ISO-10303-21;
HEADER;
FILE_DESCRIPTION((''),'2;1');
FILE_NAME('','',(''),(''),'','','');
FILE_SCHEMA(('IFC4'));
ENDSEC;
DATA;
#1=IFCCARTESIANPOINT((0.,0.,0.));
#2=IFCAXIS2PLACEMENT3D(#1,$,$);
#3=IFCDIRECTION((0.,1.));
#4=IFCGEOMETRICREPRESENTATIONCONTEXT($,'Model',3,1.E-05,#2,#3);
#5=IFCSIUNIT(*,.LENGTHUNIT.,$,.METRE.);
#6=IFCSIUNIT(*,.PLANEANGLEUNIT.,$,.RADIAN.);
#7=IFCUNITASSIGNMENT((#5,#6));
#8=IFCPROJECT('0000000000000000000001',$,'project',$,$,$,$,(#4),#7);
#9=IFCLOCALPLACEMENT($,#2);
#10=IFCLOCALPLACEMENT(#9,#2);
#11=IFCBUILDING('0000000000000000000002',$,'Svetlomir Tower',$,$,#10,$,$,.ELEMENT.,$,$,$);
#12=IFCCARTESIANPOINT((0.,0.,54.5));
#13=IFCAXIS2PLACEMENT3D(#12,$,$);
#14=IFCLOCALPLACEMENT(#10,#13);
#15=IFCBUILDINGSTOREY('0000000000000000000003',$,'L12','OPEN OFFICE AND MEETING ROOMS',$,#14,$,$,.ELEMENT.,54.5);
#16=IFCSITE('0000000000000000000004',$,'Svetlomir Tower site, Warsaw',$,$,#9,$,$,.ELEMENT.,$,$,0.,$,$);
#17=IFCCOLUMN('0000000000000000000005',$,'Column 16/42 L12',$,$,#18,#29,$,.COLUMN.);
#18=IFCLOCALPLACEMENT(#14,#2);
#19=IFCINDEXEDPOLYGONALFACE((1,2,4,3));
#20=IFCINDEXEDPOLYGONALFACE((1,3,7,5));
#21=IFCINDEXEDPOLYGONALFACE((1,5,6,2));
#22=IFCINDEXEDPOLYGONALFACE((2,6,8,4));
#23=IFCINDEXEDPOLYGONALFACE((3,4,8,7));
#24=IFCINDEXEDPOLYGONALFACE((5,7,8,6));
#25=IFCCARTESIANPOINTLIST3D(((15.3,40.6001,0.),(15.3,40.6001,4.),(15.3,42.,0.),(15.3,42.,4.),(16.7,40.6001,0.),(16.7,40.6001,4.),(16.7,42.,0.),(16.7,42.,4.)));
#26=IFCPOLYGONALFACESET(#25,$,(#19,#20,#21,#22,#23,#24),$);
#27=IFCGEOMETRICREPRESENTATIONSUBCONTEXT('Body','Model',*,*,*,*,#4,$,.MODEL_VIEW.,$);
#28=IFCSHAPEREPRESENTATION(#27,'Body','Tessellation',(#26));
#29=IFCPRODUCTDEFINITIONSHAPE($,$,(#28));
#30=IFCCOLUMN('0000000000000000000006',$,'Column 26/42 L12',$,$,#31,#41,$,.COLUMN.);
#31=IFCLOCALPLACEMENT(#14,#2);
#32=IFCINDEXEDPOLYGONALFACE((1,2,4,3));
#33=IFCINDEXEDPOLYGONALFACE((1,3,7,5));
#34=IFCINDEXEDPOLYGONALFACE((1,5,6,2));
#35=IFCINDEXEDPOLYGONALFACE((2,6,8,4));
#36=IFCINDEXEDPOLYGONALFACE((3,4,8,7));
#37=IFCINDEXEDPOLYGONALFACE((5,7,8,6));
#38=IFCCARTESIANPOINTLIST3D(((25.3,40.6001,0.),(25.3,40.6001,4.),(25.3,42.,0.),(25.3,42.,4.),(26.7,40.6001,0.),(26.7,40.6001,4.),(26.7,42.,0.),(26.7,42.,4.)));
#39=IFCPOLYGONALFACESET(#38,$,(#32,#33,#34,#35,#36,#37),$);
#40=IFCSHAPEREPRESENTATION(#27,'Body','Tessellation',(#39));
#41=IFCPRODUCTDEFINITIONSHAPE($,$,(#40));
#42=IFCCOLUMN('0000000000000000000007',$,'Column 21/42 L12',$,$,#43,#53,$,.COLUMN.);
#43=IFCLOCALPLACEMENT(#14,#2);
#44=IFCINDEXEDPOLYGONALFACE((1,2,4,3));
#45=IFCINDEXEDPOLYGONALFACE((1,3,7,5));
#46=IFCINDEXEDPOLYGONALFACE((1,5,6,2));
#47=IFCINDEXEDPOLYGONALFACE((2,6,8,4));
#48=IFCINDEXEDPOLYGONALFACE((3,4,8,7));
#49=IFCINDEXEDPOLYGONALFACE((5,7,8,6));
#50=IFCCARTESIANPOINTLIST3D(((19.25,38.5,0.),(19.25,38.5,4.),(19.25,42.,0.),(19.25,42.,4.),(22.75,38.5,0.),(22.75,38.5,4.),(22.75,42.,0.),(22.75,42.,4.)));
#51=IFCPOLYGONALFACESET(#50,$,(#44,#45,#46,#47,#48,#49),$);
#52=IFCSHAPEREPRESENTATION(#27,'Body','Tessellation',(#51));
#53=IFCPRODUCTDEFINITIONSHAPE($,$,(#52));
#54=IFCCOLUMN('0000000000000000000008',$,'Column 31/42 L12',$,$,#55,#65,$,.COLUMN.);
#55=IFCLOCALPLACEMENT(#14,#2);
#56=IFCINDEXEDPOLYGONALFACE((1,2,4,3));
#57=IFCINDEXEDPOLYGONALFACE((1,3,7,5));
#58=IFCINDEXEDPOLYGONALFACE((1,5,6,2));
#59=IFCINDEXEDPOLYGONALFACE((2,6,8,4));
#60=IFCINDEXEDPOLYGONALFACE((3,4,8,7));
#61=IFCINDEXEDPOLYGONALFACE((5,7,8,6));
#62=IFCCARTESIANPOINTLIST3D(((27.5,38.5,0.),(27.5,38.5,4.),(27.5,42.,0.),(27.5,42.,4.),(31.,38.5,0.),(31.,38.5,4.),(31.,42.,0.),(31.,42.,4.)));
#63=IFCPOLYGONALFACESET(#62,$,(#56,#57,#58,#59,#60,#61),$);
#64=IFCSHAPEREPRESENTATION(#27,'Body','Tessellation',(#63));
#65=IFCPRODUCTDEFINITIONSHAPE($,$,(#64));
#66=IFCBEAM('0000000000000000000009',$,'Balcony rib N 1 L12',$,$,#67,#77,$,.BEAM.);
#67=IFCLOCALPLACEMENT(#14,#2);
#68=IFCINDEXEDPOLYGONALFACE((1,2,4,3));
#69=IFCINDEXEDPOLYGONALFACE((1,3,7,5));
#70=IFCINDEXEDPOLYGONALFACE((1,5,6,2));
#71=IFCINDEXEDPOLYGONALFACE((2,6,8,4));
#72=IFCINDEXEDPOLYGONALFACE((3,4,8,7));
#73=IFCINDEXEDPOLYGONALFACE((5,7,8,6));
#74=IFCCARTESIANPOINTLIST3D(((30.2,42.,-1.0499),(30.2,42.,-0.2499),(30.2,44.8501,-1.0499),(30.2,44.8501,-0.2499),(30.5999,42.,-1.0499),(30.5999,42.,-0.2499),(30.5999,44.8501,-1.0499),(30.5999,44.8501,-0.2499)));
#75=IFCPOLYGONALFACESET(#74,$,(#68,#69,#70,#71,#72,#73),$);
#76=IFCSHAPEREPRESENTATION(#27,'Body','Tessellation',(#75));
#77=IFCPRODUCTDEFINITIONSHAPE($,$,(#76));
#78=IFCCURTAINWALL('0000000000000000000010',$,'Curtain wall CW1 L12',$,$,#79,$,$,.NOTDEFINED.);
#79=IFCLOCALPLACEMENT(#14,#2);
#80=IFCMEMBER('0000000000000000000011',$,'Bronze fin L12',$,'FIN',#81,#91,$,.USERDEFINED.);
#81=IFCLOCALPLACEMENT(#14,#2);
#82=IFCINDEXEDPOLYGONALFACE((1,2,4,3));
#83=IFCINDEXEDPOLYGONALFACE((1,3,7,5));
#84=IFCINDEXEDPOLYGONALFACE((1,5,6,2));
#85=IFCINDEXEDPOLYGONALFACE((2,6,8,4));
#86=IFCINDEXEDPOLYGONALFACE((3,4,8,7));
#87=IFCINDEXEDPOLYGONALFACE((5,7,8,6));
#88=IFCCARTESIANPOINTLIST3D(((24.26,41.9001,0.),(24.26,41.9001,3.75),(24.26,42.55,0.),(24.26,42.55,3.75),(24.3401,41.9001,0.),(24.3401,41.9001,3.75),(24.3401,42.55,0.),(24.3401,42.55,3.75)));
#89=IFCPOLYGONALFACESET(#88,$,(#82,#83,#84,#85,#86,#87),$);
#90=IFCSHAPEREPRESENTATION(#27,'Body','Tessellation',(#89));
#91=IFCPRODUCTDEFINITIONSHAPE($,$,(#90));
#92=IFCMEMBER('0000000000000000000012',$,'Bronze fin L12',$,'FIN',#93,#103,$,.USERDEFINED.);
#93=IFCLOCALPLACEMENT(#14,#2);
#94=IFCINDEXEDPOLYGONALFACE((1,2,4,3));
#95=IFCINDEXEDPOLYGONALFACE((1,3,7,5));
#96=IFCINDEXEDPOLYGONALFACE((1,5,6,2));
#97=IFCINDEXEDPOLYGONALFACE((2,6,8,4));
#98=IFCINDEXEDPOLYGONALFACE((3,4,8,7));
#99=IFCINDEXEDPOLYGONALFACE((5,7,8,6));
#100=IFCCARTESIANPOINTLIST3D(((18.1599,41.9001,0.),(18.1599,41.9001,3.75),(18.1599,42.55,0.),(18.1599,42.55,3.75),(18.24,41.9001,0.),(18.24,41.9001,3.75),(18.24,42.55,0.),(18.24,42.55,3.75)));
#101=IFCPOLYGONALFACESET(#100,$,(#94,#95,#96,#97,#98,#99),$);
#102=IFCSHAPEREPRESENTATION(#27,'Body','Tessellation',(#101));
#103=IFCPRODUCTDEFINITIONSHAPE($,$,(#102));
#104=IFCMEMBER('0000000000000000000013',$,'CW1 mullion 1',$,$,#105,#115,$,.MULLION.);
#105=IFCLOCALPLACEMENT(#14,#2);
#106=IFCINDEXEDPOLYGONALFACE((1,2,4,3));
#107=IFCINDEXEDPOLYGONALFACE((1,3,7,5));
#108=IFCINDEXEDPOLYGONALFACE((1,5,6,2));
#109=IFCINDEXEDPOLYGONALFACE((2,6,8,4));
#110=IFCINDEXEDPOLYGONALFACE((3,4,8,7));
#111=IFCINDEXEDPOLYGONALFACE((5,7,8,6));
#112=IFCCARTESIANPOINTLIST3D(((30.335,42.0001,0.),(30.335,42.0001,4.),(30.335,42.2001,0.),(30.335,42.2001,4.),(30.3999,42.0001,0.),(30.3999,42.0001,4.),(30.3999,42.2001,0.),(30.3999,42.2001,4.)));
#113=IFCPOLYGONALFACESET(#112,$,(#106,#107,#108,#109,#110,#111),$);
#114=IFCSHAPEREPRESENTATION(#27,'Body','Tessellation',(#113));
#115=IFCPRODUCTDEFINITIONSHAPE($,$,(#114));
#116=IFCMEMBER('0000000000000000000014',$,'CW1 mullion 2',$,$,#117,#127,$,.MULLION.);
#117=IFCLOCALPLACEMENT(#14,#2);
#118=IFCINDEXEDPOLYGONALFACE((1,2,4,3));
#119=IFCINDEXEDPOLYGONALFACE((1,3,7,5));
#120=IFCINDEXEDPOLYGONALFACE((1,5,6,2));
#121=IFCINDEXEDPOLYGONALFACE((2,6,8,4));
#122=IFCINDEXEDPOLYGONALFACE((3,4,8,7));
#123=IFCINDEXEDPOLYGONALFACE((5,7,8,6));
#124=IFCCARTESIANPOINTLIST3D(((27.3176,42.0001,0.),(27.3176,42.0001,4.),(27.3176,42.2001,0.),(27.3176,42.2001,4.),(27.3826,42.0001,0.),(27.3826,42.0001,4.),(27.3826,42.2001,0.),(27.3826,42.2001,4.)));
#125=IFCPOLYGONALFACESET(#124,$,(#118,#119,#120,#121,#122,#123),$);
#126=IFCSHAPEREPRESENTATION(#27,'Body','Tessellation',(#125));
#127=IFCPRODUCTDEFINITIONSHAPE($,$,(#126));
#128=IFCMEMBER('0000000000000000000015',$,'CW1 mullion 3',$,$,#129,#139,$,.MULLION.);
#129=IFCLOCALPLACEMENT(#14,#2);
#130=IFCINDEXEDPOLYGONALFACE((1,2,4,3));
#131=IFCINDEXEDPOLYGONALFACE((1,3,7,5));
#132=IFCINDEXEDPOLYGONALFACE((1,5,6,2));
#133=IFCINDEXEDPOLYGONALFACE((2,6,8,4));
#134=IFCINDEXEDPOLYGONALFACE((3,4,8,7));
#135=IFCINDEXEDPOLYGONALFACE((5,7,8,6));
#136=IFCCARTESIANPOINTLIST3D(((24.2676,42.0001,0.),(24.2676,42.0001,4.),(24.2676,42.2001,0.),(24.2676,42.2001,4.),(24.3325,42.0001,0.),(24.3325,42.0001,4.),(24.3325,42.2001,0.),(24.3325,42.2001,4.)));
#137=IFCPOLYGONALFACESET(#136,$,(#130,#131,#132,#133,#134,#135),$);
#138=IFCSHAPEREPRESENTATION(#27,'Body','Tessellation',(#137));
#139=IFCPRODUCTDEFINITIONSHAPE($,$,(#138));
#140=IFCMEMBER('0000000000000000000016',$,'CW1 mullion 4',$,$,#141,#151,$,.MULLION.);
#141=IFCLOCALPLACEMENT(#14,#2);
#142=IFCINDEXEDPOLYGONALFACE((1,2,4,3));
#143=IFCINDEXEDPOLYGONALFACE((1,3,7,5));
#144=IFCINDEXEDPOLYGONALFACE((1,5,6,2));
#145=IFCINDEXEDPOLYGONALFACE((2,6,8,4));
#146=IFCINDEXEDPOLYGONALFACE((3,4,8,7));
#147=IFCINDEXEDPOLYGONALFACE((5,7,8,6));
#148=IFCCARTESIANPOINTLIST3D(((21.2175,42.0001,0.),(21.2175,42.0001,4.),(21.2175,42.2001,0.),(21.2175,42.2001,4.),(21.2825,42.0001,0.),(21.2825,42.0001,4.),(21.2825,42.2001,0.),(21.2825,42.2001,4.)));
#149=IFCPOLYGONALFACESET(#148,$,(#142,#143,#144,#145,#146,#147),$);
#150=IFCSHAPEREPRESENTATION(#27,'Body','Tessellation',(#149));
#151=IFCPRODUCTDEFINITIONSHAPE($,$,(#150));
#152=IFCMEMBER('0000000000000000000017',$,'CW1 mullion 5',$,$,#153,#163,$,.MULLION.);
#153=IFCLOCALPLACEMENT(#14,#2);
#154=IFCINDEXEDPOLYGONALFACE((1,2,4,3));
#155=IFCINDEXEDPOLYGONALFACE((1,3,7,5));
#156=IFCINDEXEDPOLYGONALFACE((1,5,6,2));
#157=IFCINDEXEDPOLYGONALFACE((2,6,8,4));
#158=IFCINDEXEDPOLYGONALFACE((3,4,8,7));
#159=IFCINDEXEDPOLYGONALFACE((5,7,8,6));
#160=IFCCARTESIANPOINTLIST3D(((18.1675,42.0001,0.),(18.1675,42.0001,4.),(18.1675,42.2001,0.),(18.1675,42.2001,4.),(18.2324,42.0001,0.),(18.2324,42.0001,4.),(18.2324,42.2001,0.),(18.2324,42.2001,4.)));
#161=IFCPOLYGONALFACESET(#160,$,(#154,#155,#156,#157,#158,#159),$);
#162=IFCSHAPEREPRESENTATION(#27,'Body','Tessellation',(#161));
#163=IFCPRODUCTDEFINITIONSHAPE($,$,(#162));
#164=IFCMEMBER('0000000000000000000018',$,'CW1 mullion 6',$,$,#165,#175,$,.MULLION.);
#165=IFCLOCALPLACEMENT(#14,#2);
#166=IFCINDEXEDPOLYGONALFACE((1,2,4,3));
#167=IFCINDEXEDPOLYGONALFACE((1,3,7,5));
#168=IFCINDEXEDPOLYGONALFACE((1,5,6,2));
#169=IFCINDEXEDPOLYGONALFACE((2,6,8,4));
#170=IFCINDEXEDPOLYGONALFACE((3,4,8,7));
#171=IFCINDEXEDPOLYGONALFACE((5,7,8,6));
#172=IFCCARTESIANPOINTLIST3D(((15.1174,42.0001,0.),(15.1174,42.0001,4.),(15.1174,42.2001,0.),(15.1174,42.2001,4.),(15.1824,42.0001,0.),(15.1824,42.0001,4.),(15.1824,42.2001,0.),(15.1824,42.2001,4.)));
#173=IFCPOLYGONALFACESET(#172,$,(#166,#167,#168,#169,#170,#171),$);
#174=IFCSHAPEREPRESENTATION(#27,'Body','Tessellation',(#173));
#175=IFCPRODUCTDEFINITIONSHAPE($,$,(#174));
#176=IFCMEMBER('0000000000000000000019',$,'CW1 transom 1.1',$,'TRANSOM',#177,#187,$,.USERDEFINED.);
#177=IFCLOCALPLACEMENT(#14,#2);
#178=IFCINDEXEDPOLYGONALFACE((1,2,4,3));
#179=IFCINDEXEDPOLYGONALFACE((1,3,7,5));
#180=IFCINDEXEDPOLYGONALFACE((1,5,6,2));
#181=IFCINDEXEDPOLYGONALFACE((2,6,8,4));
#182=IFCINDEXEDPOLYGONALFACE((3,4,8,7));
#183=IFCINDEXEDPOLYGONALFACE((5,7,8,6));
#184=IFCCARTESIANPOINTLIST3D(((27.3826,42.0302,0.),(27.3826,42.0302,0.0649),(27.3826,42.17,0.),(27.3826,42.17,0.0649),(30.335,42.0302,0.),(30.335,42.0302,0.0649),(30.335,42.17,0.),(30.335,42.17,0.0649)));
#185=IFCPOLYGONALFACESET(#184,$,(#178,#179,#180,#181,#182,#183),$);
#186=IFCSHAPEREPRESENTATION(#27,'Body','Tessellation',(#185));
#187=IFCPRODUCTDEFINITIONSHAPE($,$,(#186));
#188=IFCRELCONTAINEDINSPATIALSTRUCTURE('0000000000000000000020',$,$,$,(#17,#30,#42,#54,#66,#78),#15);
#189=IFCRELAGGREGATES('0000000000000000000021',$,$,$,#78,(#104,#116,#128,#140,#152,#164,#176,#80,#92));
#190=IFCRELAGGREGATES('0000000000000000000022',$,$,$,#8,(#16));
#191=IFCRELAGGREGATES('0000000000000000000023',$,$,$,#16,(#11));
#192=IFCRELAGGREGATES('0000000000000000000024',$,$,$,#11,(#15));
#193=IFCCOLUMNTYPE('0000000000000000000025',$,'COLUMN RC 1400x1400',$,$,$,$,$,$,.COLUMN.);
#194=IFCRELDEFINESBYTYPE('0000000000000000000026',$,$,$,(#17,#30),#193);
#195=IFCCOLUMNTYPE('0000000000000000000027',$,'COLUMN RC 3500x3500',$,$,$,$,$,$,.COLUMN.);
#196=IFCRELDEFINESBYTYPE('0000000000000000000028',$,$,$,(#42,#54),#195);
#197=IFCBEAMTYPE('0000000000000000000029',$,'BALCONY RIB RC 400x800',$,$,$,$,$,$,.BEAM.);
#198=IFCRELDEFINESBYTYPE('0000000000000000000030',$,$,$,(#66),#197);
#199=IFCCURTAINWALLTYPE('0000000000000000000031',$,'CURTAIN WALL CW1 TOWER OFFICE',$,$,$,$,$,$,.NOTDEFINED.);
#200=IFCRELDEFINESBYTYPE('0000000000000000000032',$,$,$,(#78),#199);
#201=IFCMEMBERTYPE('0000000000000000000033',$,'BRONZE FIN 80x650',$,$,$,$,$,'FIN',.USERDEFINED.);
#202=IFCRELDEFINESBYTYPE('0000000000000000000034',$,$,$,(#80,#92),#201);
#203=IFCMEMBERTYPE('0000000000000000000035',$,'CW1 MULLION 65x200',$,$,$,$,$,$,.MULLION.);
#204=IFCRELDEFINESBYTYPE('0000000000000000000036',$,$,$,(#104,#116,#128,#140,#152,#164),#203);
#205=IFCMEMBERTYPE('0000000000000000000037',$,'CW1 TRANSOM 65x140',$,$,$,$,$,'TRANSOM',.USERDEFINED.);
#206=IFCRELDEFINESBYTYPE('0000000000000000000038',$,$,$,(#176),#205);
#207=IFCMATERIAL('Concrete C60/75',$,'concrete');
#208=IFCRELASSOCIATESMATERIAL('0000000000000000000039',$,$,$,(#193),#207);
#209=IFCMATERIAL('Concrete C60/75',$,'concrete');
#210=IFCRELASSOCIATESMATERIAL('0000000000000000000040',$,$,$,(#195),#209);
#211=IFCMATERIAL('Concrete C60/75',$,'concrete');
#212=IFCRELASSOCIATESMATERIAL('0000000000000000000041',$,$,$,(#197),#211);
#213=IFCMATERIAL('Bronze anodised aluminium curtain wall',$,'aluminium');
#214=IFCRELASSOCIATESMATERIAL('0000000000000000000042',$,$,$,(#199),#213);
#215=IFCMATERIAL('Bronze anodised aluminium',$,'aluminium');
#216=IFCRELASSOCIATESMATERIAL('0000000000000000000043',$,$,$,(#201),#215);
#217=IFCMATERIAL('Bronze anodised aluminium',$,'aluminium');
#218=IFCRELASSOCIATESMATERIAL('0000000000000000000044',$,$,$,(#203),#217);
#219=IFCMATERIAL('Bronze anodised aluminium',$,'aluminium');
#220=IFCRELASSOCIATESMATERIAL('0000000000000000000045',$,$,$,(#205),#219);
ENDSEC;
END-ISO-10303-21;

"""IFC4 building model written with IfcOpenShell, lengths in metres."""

from ifc_helpers import new_model, si_unit, direction, frame, origin, origin_2d, place, context, subcontext, project, spatial, rectangle, extrude, material, material_profile, profile_set, type_object, element, aggregate, save


model = new_model("IFC4")

# Units and contexts
model_context = context("Model", 3, precision=1e-05, world=origin(), true_north=direction((0.0, 1.0)))
body_context = subcontext(model_context, "Body", "Model", "MODEL_VIEW")
ifc_project = project(units=[si_unit("LENGTHUNIT", "METRE"), si_unit("PLANEANGLEUNIT", "RADIAN")], contexts=[model_context])

# Site, building, storey
site_placement = place(None, origin())
site = spatial("IfcSite", under=ifc_project, at=site_placement, Name="Svetlomir Tower site, Warsaw", CompositionType="ELEMENT", RefElevation=0.0)
building_placement = place(site_placement, origin())
building = spatial("IfcBuilding", under=site, at=building_placement, Name="Svetlomir Tower", CompositionType="ELEMENT")
storey_placement = place(building_placement, frame((0.0, 0.0, 54.5)))
storey = spatial("IfcBuildingStorey", under=building, at=storey_placement, Name="L12", Description="OPEN OFFICE AND MEETING ROOMS", CompositionType="ELEMENT", Elevation=54.5)

# Columns
ifc_material_1 = material(Name="Concrete C60/75", Category="concrete")
ifc_material_profile_1 = material_profile(ifc_material_1, rectangle(XDim=1.3999, YDim=1.3999, at=origin_2d()), Name="RC 1400x1400")
ifc_profile_set_1 = profile_set([ifc_material_profile_1], Name="Concrete C60/75")
column_type_1 = type_object("IfcColumnType", Name="COLUMN RC 1400x1400", PredefinedType="COLUMN", material=ifc_profile_set_1)
for number, where, z_axis, x_axis, name in (
    (1, (16.0, 41.3, 0.0), (0.0, 0.0, 1.0), (1.0, 0.0, 0.0), "Column 16/42 L12"),
    (2, (26.0, 41.3, 0.0), (0.0, 0.0, 1.0), (1.0, 0.0, 0.0), "Column 26/42 L12"),
):
    element("IfcColumn", number, at=place(storey_placement, frame(where, z_axis=z_axis, x_axis=x_axis)), inside=storey, type_object=column_type_1, Name=name, PredefinedType="COLUMN", context=body_context, shape_type="SweptSolid", body=[
        extrude(rectangle(XDim=1.3999, YDim=1.3999, at=origin_2d()), origin(), (0.0, 0.0, 1.0), 4.0),
    ])
ifc_material_2 = material(Name="Concrete C60/75", Category="concrete")
ifc_material_profile_2 = material_profile(ifc_material_2, rectangle(XDim=3.5, YDim=3.5, at=origin_2d()), Name="RC 3500x3500")
ifc_profile_set_2 = profile_set([ifc_material_profile_2], Name="Concrete C60/75")
column_type_2 = type_object("IfcColumnType", Name="COLUMN RC 3500x3500", PredefinedType="COLUMN", material=ifc_profile_set_2)
for number, where, z_axis, x_axis, name in (
    (3, (21.0, 40.25, 0.0), (0.0, 0.0, 1.0), (1.0, 0.0, 0.0), "Column 21/42 L12"),
    (4, (29.25, 40.25, 0.0), (0.0, 0.0, 1.0), (1.0, 0.0, 0.0), "Column 31/42 L12"),
):
    element("IfcColumn", number, at=place(storey_placement, frame(where, z_axis=z_axis, x_axis=x_axis)), inside=storey, type_object=column_type_2, Name=name, PredefinedType="COLUMN", context=body_context, shape_type="SweptSolid", body=[
        extrude(rectangle(XDim=3.5, YDim=3.5, at=origin_2d()), origin(), (0.0, 0.0, 1.0), 4.0),
    ])

# Beam
ifc_material_3 = material(Name="Concrete C60/75", Category="concrete")
ifc_material_profile_3 = material_profile(ifc_material_3, rectangle(XDim=0.3999, YDim=0.8, at=origin_2d()), Name="RC 400x800")
ifc_profile_set_3 = profile_set([ifc_material_profile_3], Name="Concrete C60/75")
beam_type_1 = type_object("IfcBeamType", Name="BALCONY RIB RC 400x800", PredefinedType="BEAM", material=ifc_profile_set_3)
beam_1_placement = place(storey_placement, frame((30.3999, 42.0, -0.6499), z_axis=(0.0, 1.0, 0.0), x_axis=(-1.0, 0.0, 0.0)))
element("IfcBeam", 5, at=beam_1_placement, inside=storey, type_object=beam_type_1, Name="Balcony rib N 1 L12", PredefinedType="BEAM", context=body_context, shape_type="SweptSolid", body=[
    extrude(rectangle(XDim=0.3999, YDim=0.8, at=origin_2d()), origin(), (0.0, 0.0, 1.0), 2.8501),
])

# Curtain wall, members
ifc_material_4 = material(Name="Bronze anodised aluminium curtain wall", Category="aluminium")
curtain_wall_type = type_object("IfcCurtainWallType", Name="CURTAIN WALL CW1 TOWER OFFICE", PredefinedType="NOTDEFINED", material=ifc_material_4)
curtain_wall_placement = place(storey_placement, origin())
curtain_wall = element("IfcCurtainWall", 6, at=curtain_wall_placement, inside=storey, type_object=curtain_wall_type, Name="Curtain wall CW1 L12", PredefinedType="NOTDEFINED")
ifc_material_5 = material(Name="Bronze anodised aluminium", Category="aluminium")
ifc_material_profile_4 = material_profile(ifc_material_5, rectangle(XDim=0.0801, YDim=0.6499, at=origin_2d()), Name="FIN 80x650")
ifc_profile_set_4 = profile_set([ifc_material_profile_4], Name="Bronze anodised aluminium 6063-T6")
member_type_1 = type_object("IfcMemberType", Name="BRONZE FIN 80x650", ElementType="FIN", PredefinedType="USERDEFINED", material=ifc_profile_set_4)
member_1_placement = place(storey_placement, frame((24.3, 42.2251, 0.0), z_axis=(0.0, 0.0, 1.0), x_axis=(1.0, 0.0, 0.0)))
member_1 = element("IfcMember", 7, at=member_1_placement, type_object=member_type_1, Name="Bronze fin L12", ObjectType="FIN", PredefinedType="USERDEFINED", context=body_context, shape_type="SweptSolid", body=[
    extrude(rectangle(XDim=0.0801, YDim=0.6499, at=origin_2d()), origin(), (0.0, 0.0, 1.0), 3.75),
])
member_2_placement = place(storey_placement, frame((18.2, 42.2251, 0.0), z_axis=(0.0, 0.0, 1.0), x_axis=(1.0, 0.0, 0.0)))
member_2 = element("IfcMember", 8, at=member_2_placement, type_object=member_type_1, Name="Bronze fin L12", ObjectType="FIN", PredefinedType="USERDEFINED", context=body_context, shape_type="SweptSolid", body=[
    extrude(rectangle(XDim=0.0801, YDim=0.6499, at=origin_2d()), origin(), (0.0, 0.0, 1.0), 3.75),
])
ifc_material_6 = material(Name="Bronze anodised aluminium", Category="aluminium")
ifc_material_profile_5 = material_profile(ifc_material_6, rectangle(XDim=0.0649, YDim=0.2, at=origin_2d()), Name="AL 65x200")
ifc_profile_set_5 = profile_set([ifc_material_profile_5], Name="Bronze anodised aluminium 6063-T6")
member_type_2 = type_object("IfcMemberType", Name="CW1 MULLION 65x200", PredefinedType="MULLION", material=ifc_profile_set_5)
member_3_placement = place(storey_placement, frame((30.3674, 42.1001, 0.0), z_axis=(0.0, 0.0, 1.0), x_axis=(-1.0, 0.0, 0.0)))
member_3 = element("IfcMember", 9, at=member_3_placement, type_object=member_type_2, Name="CW1 mullion 1", PredefinedType="MULLION", context=body_context, shape_type="SweptSolid", body=[
    extrude(rectangle(XDim=0.0649, YDim=0.2, at=origin_2d()), origin(), (0.0, 0.0, 1.0), 4.0),
])
member_4_placement = place(storey_placement, frame((27.3501, 42.1001, 0.0), z_axis=(0.0, 0.0, 1.0), x_axis=(-1.0, 0.0, 0.0)))
member_4 = element("IfcMember", 10, at=member_4_placement, type_object=member_type_2, Name="CW1 mullion 2", PredefinedType="MULLION", context=body_context, shape_type="SweptSolid", body=[
    extrude(rectangle(XDim=0.0649, YDim=0.2, at=origin_2d()), origin(), (0.0, 0.0, 1.0), 4.0),
])
member_5_placement = place(storey_placement, frame((24.3, 42.1001, 0.0), z_axis=(0.0, 0.0, 1.0), x_axis=(-1.0, 0.0, 0.0)))
member_5 = element("IfcMember", 11, at=member_5_placement, type_object=member_type_2, Name="CW1 mullion 3", PredefinedType="MULLION", context=body_context, shape_type="SweptSolid", body=[
    extrude(rectangle(XDim=0.0649, YDim=0.2, at=origin_2d()), origin(), (0.0, 0.0, 1.0), 4.0),
])
member_6_placement = place(storey_placement, frame((21.25, 42.1001, 0.0), z_axis=(0.0, 0.0, 1.0), x_axis=(-1.0, 0.0, 0.0)))
member_6 = element("IfcMember", 12, at=member_6_placement, type_object=member_type_2, Name="CW1 mullion 4", PredefinedType="MULLION", context=body_context, shape_type="SweptSolid", body=[
    extrude(rectangle(XDim=0.0649, YDim=0.2, at=origin_2d()), origin(), (0.0, 0.0, 1.0), 4.0),
])
member_7_placement = place(storey_placement, frame((18.2, 42.1001, 0.0), z_axis=(0.0, 0.0, 1.0), x_axis=(-1.0, 0.0, 0.0)))
member_7 = element("IfcMember", 13, at=member_7_placement, type_object=member_type_2, Name="CW1 mullion 5", PredefinedType="MULLION", context=body_context, shape_type="SweptSolid", body=[
    extrude(rectangle(XDim=0.0649, YDim=0.2, at=origin_2d()), origin(), (0.0, 0.0, 1.0), 4.0),
])
member_8_placement = place(storey_placement, frame((15.1499, 42.1001, 0.0), z_axis=(0.0, 0.0, 1.0), x_axis=(-1.0, 0.0, 0.0)))
member_8 = element("IfcMember", 14, at=member_8_placement, type_object=member_type_2, Name="CW1 mullion 6", PredefinedType="MULLION", context=body_context, shape_type="SweptSolid", body=[
    extrude(rectangle(XDim=0.0649, YDim=0.2, at=origin_2d()), origin(), (0.0, 0.0, 1.0), 4.0),
])
ifc_material_7 = material(Name="Bronze anodised aluminium", Category="aluminium")
ifc_material_profile_6 = material_profile(ifc_material_7, rectangle(XDim=0.1399, YDim=0.0649, at=origin_2d()), Name="AL 140x65")
ifc_profile_set_6 = profile_set([ifc_material_profile_6], Name="Bronze anodised aluminium 6063-T6")
member_type_3 = type_object("IfcMemberType", Name="CW1 TRANSOM 65x140", ElementType="TRANSOM", PredefinedType="USERDEFINED", material=ifc_profile_set_6)
member_9_placement = place(storey_placement, frame((30.335, 42.1001, 0.0325), z_axis=(-1.0, 0.0, 0.0), x_axis=(0.0, -1.0, 0.0)))
member_9 = element("IfcMember", 15, at=member_9_placement, type_object=member_type_3, Name="CW1 transom 1.1", ObjectType="TRANSOM", PredefinedType="USERDEFINED", context=body_context, shape_type="SweptSolid", body=[
    extrude(rectangle(XDim=0.1399, YDim=0.0649, at=origin_2d()), origin(), (0.0, 0.0, 1.0), 2.9524),
])

aggregate(curtain_wall, [member_3, member_4, member_5, member_6, member_7, member_8, member_9, member_1, member_2])

save(model, "model.ifc")
